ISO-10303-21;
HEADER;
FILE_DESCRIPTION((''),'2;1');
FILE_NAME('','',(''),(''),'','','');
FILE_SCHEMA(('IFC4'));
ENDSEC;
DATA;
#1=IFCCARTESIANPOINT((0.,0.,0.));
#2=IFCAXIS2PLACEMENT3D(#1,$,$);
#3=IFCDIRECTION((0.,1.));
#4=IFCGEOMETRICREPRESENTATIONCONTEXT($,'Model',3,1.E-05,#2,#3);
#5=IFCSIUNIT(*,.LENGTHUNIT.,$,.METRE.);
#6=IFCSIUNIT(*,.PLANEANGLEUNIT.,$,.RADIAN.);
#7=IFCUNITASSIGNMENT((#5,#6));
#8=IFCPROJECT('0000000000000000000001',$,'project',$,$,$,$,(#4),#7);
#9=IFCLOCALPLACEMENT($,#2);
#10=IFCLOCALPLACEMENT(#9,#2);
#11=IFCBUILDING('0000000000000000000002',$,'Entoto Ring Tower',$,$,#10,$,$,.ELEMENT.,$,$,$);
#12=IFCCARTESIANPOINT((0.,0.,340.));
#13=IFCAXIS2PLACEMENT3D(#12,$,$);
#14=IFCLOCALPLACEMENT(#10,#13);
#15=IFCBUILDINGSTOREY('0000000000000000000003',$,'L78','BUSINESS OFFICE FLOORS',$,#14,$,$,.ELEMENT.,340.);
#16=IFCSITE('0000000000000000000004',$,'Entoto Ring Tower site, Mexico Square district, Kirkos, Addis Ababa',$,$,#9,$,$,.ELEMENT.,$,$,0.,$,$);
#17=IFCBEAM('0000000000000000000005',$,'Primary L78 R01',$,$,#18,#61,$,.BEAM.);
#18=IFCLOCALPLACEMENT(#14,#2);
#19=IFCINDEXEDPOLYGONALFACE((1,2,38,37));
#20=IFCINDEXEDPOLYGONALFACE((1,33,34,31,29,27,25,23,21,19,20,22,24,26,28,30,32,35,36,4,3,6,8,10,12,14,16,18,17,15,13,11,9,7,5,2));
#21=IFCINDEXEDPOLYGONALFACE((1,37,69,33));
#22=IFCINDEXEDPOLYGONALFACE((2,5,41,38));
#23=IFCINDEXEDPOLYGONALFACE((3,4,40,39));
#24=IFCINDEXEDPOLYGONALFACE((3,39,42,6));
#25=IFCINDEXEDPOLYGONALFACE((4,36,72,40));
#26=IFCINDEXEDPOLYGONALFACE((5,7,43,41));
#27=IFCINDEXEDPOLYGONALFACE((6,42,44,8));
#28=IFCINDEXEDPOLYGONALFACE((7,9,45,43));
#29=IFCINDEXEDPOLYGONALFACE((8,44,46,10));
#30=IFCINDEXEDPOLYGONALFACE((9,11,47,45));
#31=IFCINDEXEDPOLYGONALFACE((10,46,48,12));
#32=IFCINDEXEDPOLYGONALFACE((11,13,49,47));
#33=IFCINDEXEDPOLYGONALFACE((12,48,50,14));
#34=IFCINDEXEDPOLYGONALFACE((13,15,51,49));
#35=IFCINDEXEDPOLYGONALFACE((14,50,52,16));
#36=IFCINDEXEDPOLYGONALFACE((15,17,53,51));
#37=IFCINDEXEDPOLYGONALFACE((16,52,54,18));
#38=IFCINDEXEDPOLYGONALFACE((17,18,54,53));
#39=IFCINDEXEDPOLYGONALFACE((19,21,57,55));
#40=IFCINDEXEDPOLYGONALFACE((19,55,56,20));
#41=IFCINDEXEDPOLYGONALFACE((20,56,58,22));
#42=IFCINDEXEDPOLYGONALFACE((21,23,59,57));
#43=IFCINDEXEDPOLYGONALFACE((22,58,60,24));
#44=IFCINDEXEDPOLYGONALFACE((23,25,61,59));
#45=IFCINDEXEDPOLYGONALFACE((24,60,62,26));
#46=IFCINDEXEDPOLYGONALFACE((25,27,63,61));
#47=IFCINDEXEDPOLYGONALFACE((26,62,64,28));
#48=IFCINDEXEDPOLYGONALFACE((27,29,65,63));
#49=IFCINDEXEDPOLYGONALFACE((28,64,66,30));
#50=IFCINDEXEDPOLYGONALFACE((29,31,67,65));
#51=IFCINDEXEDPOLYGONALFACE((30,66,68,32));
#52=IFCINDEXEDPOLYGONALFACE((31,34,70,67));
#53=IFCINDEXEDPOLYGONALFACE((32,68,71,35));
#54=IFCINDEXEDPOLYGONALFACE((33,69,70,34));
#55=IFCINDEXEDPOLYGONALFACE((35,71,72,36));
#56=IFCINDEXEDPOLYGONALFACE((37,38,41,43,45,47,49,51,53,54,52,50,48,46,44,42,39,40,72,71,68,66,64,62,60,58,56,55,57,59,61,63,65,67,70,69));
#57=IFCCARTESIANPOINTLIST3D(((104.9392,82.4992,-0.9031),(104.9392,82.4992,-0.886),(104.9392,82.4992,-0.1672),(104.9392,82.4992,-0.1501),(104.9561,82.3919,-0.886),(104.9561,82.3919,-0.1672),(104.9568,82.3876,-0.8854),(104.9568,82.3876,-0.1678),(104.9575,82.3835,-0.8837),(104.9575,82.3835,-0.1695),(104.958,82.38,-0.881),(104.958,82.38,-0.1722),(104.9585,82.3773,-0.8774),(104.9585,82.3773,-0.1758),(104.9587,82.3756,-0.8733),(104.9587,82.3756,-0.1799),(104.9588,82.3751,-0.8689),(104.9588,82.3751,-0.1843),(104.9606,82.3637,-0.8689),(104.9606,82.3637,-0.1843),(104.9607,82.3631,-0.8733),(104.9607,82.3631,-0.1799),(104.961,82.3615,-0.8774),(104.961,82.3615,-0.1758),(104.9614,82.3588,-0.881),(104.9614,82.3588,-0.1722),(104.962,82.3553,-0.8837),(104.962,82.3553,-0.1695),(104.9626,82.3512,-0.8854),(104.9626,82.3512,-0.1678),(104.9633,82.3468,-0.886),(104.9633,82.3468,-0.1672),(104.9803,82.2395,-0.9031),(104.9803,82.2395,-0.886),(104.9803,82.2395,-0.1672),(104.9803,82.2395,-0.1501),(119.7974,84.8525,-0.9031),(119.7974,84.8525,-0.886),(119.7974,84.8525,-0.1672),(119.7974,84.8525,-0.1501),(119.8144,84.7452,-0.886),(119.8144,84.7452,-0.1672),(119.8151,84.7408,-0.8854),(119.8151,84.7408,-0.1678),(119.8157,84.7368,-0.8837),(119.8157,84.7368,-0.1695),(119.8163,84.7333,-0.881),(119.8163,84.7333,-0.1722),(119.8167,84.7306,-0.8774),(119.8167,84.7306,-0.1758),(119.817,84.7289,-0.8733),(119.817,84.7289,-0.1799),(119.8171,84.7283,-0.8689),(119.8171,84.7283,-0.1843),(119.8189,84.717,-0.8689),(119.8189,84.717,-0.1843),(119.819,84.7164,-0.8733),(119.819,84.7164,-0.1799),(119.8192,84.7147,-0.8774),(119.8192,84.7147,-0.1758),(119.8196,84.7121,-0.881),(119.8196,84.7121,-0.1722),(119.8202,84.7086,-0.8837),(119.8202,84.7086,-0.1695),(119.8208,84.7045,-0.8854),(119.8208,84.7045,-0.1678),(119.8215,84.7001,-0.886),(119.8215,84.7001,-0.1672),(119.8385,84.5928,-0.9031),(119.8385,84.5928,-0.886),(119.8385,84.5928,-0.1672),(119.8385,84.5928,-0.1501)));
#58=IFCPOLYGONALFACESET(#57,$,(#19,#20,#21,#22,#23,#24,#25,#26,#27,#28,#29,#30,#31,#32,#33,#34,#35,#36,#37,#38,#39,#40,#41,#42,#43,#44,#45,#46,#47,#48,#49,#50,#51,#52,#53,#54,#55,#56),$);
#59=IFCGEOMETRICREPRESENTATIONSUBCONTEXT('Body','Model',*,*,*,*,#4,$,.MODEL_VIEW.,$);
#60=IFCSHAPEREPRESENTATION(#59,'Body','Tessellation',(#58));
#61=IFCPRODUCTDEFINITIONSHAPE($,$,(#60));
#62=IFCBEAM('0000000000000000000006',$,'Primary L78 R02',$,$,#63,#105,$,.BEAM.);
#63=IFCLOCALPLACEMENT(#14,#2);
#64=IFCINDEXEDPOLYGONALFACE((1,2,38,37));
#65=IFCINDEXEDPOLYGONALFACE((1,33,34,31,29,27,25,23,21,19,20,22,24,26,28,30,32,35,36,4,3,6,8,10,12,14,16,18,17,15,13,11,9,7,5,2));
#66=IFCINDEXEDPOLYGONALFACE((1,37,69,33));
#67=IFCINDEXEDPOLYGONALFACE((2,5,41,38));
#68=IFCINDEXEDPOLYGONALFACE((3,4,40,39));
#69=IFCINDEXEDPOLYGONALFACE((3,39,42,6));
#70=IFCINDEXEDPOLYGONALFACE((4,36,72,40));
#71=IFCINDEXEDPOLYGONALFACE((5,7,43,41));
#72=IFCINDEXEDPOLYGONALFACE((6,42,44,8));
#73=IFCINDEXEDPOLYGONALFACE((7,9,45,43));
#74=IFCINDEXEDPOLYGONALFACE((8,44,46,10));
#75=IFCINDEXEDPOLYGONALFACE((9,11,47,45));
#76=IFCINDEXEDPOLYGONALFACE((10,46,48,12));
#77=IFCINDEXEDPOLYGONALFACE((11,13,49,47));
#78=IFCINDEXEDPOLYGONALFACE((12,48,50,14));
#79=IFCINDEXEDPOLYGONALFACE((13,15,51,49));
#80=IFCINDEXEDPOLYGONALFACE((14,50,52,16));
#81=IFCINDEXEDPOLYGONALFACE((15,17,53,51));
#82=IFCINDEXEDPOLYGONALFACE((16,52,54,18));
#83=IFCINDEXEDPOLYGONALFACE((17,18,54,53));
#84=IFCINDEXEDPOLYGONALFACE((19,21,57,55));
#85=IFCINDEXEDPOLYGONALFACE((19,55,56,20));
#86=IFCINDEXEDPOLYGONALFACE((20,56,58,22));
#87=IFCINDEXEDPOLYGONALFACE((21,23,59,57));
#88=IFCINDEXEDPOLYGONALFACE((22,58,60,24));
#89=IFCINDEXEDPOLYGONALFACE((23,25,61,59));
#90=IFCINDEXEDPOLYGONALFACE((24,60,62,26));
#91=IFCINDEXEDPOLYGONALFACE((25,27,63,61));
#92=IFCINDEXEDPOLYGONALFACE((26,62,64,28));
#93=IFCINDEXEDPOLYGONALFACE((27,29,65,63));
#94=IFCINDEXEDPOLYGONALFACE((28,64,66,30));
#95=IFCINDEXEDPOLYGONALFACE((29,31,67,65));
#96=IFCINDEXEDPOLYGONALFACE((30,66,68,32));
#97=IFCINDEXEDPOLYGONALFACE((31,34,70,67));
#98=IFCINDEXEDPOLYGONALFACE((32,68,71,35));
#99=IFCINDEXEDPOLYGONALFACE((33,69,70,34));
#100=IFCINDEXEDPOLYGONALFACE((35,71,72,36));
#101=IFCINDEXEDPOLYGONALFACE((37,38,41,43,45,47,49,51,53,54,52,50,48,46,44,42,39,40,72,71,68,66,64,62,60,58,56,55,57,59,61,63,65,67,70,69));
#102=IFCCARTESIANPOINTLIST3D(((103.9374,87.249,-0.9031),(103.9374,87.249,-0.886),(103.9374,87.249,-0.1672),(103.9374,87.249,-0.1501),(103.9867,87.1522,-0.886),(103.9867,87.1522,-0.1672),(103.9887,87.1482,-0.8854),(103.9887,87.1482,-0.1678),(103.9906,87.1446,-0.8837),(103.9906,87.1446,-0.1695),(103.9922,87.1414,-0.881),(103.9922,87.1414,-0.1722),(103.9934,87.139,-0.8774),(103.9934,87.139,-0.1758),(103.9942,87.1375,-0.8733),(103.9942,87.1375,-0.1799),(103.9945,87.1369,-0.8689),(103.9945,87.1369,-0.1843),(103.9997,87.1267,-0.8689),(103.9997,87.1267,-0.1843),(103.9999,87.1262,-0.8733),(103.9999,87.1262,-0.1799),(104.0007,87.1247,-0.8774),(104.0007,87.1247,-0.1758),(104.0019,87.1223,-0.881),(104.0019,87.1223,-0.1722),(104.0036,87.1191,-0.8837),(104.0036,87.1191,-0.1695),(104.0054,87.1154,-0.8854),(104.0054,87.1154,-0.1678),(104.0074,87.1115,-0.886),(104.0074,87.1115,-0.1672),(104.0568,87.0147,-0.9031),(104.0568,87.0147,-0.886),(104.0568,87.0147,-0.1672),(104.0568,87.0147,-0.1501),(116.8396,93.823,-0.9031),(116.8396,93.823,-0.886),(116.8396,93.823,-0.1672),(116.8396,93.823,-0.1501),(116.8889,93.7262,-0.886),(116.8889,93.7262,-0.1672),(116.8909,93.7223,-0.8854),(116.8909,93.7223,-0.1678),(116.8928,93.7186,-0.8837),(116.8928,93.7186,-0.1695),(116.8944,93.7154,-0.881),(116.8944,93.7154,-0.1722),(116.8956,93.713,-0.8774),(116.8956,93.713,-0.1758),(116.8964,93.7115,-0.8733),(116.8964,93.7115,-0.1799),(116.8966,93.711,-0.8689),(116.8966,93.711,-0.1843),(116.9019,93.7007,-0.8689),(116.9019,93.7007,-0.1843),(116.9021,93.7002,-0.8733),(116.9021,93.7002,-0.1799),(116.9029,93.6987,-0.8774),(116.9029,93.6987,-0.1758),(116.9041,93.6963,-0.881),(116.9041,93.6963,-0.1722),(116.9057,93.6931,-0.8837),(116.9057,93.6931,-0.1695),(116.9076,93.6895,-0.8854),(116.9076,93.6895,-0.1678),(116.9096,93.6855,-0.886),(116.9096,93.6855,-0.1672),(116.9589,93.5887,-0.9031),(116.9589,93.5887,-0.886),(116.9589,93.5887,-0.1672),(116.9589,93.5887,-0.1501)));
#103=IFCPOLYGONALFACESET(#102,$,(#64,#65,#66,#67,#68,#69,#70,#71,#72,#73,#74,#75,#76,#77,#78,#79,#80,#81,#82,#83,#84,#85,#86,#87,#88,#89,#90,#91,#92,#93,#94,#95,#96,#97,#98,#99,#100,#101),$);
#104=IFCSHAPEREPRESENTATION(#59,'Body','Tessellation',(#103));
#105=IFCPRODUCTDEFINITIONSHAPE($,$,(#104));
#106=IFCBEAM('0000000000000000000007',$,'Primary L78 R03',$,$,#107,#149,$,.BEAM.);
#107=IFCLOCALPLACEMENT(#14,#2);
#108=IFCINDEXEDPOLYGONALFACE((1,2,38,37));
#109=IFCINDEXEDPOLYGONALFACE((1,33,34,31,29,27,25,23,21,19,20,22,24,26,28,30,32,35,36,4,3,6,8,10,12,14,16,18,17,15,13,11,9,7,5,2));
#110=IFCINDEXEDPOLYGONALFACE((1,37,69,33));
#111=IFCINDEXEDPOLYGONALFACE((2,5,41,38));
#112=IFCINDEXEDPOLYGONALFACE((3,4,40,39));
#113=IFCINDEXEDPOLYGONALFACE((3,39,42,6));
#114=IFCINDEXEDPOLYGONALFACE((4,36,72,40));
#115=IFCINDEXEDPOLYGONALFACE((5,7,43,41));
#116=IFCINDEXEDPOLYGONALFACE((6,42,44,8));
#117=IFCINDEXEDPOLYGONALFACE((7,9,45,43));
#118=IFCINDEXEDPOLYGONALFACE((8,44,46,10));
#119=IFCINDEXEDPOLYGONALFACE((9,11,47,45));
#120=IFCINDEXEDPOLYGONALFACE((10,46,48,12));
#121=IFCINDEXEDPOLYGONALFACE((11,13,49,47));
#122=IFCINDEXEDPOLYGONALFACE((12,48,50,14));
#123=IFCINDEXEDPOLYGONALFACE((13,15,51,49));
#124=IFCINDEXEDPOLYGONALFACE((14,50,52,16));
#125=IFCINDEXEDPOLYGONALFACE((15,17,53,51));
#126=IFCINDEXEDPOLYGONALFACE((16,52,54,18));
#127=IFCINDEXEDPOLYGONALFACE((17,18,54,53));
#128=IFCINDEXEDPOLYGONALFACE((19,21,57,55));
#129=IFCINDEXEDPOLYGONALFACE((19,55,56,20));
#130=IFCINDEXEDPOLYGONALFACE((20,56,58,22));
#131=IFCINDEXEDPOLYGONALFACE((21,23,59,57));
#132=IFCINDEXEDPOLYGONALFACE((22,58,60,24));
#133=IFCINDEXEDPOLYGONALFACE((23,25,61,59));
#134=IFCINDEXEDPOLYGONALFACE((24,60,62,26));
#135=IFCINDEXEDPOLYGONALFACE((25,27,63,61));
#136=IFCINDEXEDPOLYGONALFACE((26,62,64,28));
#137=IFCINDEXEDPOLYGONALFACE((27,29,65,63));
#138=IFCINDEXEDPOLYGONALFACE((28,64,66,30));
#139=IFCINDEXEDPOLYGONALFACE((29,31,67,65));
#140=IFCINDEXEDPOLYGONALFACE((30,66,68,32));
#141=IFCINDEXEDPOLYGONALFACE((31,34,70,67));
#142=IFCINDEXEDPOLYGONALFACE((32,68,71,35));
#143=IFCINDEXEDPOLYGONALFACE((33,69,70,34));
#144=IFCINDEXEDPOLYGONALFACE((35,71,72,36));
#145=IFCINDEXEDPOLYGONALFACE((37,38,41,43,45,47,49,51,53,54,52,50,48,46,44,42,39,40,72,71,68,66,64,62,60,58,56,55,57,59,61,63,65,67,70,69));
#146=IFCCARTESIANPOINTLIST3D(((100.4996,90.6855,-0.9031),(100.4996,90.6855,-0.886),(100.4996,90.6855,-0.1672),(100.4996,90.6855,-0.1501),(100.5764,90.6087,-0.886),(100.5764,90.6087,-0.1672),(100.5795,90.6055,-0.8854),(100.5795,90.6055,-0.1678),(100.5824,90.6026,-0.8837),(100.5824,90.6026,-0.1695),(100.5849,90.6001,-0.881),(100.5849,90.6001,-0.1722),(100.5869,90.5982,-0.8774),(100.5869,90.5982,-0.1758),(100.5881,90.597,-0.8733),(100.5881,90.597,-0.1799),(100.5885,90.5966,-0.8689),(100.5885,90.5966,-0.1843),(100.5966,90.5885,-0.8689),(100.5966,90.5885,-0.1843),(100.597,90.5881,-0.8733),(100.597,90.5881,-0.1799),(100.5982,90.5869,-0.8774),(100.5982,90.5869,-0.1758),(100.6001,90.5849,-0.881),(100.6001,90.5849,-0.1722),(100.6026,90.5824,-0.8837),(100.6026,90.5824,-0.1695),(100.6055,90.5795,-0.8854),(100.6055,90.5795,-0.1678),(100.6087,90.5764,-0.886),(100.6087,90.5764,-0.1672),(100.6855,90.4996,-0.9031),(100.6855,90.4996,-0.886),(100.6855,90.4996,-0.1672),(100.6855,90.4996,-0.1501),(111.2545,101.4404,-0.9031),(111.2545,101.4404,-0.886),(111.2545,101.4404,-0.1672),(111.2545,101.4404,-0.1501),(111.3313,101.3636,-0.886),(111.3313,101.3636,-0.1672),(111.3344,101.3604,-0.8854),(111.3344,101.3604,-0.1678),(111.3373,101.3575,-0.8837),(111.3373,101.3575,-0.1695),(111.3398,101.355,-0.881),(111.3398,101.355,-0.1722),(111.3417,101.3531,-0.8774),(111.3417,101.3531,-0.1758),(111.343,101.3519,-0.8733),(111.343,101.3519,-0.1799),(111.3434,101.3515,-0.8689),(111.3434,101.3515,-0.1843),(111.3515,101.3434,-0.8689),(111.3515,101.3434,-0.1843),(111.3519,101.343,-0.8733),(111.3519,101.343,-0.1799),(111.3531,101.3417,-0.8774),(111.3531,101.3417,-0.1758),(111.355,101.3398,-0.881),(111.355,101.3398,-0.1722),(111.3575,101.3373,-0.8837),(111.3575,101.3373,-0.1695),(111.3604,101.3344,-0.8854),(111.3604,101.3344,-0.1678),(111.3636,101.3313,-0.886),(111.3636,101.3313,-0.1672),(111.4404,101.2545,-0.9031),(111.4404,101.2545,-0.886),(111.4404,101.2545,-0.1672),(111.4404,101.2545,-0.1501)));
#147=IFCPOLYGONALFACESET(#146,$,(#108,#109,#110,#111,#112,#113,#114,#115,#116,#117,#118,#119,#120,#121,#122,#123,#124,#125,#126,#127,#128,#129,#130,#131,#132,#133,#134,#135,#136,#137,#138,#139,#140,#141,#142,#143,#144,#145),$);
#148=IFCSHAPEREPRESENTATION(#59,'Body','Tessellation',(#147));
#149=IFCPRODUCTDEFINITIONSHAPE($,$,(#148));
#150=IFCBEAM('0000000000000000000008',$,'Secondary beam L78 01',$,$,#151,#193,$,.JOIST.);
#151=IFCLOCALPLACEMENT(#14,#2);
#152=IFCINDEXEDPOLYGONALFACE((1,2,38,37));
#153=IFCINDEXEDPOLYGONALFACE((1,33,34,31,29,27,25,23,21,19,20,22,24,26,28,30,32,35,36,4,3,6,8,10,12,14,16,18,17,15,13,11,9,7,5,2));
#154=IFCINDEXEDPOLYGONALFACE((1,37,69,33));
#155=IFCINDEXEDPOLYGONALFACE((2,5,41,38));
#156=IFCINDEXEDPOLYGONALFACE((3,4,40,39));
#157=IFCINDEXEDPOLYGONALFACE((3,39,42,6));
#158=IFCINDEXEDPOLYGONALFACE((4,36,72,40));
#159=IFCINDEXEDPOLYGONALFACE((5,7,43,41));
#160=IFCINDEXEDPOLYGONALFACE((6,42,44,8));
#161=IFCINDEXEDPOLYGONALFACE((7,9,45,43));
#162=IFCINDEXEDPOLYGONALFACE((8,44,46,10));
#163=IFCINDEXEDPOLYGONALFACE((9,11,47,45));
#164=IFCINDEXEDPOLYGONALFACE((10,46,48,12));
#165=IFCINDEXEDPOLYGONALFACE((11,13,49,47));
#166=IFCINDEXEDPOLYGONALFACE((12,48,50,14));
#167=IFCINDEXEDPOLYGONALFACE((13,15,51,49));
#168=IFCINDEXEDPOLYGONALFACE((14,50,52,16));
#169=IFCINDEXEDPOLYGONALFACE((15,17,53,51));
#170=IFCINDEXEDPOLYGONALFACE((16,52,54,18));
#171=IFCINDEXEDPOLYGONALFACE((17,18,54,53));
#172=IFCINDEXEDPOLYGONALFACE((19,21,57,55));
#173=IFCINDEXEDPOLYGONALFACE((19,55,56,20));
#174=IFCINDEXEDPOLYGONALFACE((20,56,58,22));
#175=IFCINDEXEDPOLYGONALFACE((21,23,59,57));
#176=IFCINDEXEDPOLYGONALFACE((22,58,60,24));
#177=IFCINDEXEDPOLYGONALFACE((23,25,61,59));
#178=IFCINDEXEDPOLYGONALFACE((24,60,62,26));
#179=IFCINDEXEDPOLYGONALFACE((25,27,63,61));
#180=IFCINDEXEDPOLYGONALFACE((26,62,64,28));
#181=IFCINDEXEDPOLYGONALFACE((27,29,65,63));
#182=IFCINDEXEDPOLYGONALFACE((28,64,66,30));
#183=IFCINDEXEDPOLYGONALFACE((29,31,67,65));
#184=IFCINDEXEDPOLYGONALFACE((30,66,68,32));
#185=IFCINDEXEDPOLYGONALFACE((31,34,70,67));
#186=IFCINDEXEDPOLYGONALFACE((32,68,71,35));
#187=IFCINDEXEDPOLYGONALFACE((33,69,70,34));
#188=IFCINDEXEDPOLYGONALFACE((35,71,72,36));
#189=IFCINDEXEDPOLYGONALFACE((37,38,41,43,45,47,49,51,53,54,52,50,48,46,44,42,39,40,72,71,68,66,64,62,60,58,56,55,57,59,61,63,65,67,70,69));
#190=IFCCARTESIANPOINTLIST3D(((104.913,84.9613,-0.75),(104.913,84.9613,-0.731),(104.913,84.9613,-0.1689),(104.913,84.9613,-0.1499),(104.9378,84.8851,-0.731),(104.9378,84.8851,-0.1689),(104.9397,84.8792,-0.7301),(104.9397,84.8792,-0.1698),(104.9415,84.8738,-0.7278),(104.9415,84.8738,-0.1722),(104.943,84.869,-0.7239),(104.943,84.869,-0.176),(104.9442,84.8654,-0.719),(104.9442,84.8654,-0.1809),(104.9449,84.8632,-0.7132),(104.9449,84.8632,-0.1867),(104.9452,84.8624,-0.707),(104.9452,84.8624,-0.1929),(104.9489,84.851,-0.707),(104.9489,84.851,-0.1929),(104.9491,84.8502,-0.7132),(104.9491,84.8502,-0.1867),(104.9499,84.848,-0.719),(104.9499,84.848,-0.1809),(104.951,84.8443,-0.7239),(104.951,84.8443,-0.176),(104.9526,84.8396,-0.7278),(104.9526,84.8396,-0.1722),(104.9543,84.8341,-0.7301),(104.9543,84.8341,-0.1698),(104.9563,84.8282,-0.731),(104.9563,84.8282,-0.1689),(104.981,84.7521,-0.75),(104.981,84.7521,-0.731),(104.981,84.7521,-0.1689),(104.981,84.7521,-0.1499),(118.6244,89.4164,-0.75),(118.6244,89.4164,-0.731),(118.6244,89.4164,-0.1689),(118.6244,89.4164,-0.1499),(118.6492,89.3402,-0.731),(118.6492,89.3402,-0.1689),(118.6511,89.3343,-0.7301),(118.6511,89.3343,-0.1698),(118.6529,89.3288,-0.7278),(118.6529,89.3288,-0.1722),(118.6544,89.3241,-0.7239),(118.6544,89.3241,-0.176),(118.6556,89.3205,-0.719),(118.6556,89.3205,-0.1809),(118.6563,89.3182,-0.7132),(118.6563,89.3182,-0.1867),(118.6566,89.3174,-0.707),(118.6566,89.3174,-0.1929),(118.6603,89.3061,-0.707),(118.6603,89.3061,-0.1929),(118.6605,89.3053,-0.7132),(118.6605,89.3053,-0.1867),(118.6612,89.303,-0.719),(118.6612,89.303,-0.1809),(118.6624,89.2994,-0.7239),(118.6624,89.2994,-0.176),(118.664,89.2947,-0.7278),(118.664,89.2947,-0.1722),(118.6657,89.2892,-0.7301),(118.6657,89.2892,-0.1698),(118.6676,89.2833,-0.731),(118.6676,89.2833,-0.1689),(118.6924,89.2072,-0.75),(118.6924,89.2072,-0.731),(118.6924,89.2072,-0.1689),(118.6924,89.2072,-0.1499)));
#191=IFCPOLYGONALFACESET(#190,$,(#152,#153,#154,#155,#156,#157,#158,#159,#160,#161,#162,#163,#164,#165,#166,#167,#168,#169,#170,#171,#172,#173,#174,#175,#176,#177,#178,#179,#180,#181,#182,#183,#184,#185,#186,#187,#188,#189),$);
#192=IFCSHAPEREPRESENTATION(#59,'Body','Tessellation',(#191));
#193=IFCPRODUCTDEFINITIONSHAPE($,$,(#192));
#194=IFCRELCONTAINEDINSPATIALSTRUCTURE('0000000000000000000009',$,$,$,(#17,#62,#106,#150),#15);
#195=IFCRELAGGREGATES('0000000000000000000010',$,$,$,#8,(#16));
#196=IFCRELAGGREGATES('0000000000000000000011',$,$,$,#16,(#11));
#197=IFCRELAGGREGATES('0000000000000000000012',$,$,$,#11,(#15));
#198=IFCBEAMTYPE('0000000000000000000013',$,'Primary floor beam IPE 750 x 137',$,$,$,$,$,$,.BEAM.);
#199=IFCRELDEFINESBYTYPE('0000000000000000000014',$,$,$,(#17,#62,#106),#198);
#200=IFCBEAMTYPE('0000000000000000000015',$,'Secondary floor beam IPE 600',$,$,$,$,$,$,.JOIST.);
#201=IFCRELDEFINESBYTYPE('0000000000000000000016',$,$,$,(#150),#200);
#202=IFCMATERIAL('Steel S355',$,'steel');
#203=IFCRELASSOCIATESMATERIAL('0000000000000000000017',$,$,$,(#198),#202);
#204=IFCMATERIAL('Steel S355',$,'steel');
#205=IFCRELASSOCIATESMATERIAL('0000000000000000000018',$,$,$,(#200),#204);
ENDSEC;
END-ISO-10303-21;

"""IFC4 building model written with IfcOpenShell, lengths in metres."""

from ifc_helpers import new_model, si_unit, direction, frame, origin, origin_2d, place, context, subcontext, project, spatial, i_section, extrude, material, material_profile, profile_set, type_object, element, save


model = new_model("IFC4")

# Units and contexts
model_context = context("Model", 3, precision=1e-05, world=origin(), true_north=direction((0.0, 1.0)))
body_context = subcontext(model_context, "Body", "Model", "MODEL_VIEW")
ifc_project = project(units=[si_unit("LENGTHUNIT", "METRE"), si_unit("PLANEANGLEUNIT", "RADIAN")], contexts=[model_context])

# Site, building, storey
site_placement = place(None, origin())
site = spatial("IfcSite", under=ifc_project, at=site_placement, Name="Entoto Ring Tower site, Mexico Square district, Kirkos, Addis Ababa", CompositionType="ELEMENT", RefElevation=0.0)
building_placement = place(site_placement, origin())
building = spatial("IfcBuilding", under=site, at=building_placement, Name="Entoto Ring Tower", CompositionType="ELEMENT")
storey_placement = place(building_placement, frame((0.0, 0.0, 340.0)))
storey = spatial("IfcBuildingStorey", under=building, at=storey_placement, Name="L78", Description="BUSINESS OFFICE FLOORS", CompositionType="ELEMENT", Elevation=340.0)

# Beams
ifc_material_1 = material(Name="Steel S355", Category="steel")
ifc_material_profile_1 = material_profile(ifc_material_1, i_section(OverallWidth=0.2629, OverallDepth=0.7529, WebThickness=0.0115, FlangeThickness=0.0171, FilletRadius=0.0171, at=origin_2d()), Name="IPE 750 x 137")
ifc_profile_set_1 = profile_set([ifc_material_profile_1], Name="Steel S355")
beam_type_1 = type_object("IfcBeamType", Name="Primary floor beam IPE 750 x 137", PredefinedType="BEAM", material=ifc_profile_set_1)
beam_1_placement = place(storey_placement, frame((104.9597, 82.3694, -0.5266), z_axis=(0.987689, 0.156433, 0.0), x_axis=(-0.156433, 0.987689, 0.0)))
element("IfcBeam", 1, at=beam_1_placement, inside=storey, type_object=beam_type_1, Name="Primary L78 R01", PredefinedType="BEAM", context=body_context, shape_type="SweptSolid", body=[
    extrude(i_section(OverallWidth=0.2629, OverallDepth=0.7529, WebThickness=0.0115, FlangeThickness=0.0171, FilletRadius=0.0171, at=origin_2d()), origin(), (0.0, 0.0, 1.0), 15.0435),
])
beam_2_placement = place(storey_placement, frame((103.9971, 87.1318, -0.5266), z_axis=(0.891006, 0.453992, 0.0), x_axis=(-0.453992, 0.891006, 0.0)))
element("IfcBeam", 2, at=beam_2_placement, inside=storey, type_object=beam_type_1, Name="Primary L78 R02", PredefinedType="BEAM", context=body_context, shape_type="SweptSolid", body=[
    extrude(i_section(OverallWidth=0.2629, OverallDepth=0.7529, WebThickness=0.0115, FlangeThickness=0.0171, FilletRadius=0.0171, at=origin_2d()), origin(), (0.0, 0.0, 1.0), 14.4805),
])
beam_3_placement = place(storey_placement, frame((100.5925, 90.5925, -0.5266), z_axis=(0.707107, 0.707107, 0.0), x_axis=(-0.707107, 0.707107, 0.0)))
element("IfcBeam", 3, at=beam_3_placement, inside=storey, type_object=beam_type_1, Name="Primary L78 R03", PredefinedType="BEAM", context=body_context, shape_type="SweptSolid", body=[
    extrude(i_section(OverallWidth=0.2629, OverallDepth=0.7529, WebThickness=0.0115, FlangeThickness=0.0171, FilletRadius=0.0171, at=origin_2d()), origin(), (0.0, 0.0, 1.0), 15.2097),
])
ifc_material_2 = material(Name="Steel S355", Category="steel")
ifc_material_profile_2 = material_profile(ifc_material_2, i_section(OverallWidth=0.22, OverallDepth=0.6001, WebThickness=0.012, FlangeThickness=0.019, FilletRadius=0.0239, at=origin_2d()), Name="IPE 600")
ifc_profile_set_2 = profile_set([ifc_material_profile_2], Name="Steel S355")
beam_type_2 = type_object("IfcBeamType", Name="Secondary floor beam IPE 600", PredefinedType="JOIST", material=ifc_profile_set_2)
beam_4_placement = place(storey_placement, frame((104.947, 84.8567, -0.45), z_axis=(0.951057, 0.309015, 0.0), x_axis=(-0.309015, 0.951057, 0.0)))
element("IfcBeam", 4, at=beam_4_placement, inside=storey, type_object=beam_type_2, Name="Secondary beam L78 01", PredefinedType="JOIST", context=body_context, shape_type="SweptSolid", body=[
    extrude(i_section(OverallWidth=0.22, OverallDepth=0.6001, WebThickness=0.012, FlangeThickness=0.019, FilletRadius=0.0239, at=origin_2d()), origin(), (0.0, 0.0, 1.0), 14.417),
])

save(model, "model.ifc")
